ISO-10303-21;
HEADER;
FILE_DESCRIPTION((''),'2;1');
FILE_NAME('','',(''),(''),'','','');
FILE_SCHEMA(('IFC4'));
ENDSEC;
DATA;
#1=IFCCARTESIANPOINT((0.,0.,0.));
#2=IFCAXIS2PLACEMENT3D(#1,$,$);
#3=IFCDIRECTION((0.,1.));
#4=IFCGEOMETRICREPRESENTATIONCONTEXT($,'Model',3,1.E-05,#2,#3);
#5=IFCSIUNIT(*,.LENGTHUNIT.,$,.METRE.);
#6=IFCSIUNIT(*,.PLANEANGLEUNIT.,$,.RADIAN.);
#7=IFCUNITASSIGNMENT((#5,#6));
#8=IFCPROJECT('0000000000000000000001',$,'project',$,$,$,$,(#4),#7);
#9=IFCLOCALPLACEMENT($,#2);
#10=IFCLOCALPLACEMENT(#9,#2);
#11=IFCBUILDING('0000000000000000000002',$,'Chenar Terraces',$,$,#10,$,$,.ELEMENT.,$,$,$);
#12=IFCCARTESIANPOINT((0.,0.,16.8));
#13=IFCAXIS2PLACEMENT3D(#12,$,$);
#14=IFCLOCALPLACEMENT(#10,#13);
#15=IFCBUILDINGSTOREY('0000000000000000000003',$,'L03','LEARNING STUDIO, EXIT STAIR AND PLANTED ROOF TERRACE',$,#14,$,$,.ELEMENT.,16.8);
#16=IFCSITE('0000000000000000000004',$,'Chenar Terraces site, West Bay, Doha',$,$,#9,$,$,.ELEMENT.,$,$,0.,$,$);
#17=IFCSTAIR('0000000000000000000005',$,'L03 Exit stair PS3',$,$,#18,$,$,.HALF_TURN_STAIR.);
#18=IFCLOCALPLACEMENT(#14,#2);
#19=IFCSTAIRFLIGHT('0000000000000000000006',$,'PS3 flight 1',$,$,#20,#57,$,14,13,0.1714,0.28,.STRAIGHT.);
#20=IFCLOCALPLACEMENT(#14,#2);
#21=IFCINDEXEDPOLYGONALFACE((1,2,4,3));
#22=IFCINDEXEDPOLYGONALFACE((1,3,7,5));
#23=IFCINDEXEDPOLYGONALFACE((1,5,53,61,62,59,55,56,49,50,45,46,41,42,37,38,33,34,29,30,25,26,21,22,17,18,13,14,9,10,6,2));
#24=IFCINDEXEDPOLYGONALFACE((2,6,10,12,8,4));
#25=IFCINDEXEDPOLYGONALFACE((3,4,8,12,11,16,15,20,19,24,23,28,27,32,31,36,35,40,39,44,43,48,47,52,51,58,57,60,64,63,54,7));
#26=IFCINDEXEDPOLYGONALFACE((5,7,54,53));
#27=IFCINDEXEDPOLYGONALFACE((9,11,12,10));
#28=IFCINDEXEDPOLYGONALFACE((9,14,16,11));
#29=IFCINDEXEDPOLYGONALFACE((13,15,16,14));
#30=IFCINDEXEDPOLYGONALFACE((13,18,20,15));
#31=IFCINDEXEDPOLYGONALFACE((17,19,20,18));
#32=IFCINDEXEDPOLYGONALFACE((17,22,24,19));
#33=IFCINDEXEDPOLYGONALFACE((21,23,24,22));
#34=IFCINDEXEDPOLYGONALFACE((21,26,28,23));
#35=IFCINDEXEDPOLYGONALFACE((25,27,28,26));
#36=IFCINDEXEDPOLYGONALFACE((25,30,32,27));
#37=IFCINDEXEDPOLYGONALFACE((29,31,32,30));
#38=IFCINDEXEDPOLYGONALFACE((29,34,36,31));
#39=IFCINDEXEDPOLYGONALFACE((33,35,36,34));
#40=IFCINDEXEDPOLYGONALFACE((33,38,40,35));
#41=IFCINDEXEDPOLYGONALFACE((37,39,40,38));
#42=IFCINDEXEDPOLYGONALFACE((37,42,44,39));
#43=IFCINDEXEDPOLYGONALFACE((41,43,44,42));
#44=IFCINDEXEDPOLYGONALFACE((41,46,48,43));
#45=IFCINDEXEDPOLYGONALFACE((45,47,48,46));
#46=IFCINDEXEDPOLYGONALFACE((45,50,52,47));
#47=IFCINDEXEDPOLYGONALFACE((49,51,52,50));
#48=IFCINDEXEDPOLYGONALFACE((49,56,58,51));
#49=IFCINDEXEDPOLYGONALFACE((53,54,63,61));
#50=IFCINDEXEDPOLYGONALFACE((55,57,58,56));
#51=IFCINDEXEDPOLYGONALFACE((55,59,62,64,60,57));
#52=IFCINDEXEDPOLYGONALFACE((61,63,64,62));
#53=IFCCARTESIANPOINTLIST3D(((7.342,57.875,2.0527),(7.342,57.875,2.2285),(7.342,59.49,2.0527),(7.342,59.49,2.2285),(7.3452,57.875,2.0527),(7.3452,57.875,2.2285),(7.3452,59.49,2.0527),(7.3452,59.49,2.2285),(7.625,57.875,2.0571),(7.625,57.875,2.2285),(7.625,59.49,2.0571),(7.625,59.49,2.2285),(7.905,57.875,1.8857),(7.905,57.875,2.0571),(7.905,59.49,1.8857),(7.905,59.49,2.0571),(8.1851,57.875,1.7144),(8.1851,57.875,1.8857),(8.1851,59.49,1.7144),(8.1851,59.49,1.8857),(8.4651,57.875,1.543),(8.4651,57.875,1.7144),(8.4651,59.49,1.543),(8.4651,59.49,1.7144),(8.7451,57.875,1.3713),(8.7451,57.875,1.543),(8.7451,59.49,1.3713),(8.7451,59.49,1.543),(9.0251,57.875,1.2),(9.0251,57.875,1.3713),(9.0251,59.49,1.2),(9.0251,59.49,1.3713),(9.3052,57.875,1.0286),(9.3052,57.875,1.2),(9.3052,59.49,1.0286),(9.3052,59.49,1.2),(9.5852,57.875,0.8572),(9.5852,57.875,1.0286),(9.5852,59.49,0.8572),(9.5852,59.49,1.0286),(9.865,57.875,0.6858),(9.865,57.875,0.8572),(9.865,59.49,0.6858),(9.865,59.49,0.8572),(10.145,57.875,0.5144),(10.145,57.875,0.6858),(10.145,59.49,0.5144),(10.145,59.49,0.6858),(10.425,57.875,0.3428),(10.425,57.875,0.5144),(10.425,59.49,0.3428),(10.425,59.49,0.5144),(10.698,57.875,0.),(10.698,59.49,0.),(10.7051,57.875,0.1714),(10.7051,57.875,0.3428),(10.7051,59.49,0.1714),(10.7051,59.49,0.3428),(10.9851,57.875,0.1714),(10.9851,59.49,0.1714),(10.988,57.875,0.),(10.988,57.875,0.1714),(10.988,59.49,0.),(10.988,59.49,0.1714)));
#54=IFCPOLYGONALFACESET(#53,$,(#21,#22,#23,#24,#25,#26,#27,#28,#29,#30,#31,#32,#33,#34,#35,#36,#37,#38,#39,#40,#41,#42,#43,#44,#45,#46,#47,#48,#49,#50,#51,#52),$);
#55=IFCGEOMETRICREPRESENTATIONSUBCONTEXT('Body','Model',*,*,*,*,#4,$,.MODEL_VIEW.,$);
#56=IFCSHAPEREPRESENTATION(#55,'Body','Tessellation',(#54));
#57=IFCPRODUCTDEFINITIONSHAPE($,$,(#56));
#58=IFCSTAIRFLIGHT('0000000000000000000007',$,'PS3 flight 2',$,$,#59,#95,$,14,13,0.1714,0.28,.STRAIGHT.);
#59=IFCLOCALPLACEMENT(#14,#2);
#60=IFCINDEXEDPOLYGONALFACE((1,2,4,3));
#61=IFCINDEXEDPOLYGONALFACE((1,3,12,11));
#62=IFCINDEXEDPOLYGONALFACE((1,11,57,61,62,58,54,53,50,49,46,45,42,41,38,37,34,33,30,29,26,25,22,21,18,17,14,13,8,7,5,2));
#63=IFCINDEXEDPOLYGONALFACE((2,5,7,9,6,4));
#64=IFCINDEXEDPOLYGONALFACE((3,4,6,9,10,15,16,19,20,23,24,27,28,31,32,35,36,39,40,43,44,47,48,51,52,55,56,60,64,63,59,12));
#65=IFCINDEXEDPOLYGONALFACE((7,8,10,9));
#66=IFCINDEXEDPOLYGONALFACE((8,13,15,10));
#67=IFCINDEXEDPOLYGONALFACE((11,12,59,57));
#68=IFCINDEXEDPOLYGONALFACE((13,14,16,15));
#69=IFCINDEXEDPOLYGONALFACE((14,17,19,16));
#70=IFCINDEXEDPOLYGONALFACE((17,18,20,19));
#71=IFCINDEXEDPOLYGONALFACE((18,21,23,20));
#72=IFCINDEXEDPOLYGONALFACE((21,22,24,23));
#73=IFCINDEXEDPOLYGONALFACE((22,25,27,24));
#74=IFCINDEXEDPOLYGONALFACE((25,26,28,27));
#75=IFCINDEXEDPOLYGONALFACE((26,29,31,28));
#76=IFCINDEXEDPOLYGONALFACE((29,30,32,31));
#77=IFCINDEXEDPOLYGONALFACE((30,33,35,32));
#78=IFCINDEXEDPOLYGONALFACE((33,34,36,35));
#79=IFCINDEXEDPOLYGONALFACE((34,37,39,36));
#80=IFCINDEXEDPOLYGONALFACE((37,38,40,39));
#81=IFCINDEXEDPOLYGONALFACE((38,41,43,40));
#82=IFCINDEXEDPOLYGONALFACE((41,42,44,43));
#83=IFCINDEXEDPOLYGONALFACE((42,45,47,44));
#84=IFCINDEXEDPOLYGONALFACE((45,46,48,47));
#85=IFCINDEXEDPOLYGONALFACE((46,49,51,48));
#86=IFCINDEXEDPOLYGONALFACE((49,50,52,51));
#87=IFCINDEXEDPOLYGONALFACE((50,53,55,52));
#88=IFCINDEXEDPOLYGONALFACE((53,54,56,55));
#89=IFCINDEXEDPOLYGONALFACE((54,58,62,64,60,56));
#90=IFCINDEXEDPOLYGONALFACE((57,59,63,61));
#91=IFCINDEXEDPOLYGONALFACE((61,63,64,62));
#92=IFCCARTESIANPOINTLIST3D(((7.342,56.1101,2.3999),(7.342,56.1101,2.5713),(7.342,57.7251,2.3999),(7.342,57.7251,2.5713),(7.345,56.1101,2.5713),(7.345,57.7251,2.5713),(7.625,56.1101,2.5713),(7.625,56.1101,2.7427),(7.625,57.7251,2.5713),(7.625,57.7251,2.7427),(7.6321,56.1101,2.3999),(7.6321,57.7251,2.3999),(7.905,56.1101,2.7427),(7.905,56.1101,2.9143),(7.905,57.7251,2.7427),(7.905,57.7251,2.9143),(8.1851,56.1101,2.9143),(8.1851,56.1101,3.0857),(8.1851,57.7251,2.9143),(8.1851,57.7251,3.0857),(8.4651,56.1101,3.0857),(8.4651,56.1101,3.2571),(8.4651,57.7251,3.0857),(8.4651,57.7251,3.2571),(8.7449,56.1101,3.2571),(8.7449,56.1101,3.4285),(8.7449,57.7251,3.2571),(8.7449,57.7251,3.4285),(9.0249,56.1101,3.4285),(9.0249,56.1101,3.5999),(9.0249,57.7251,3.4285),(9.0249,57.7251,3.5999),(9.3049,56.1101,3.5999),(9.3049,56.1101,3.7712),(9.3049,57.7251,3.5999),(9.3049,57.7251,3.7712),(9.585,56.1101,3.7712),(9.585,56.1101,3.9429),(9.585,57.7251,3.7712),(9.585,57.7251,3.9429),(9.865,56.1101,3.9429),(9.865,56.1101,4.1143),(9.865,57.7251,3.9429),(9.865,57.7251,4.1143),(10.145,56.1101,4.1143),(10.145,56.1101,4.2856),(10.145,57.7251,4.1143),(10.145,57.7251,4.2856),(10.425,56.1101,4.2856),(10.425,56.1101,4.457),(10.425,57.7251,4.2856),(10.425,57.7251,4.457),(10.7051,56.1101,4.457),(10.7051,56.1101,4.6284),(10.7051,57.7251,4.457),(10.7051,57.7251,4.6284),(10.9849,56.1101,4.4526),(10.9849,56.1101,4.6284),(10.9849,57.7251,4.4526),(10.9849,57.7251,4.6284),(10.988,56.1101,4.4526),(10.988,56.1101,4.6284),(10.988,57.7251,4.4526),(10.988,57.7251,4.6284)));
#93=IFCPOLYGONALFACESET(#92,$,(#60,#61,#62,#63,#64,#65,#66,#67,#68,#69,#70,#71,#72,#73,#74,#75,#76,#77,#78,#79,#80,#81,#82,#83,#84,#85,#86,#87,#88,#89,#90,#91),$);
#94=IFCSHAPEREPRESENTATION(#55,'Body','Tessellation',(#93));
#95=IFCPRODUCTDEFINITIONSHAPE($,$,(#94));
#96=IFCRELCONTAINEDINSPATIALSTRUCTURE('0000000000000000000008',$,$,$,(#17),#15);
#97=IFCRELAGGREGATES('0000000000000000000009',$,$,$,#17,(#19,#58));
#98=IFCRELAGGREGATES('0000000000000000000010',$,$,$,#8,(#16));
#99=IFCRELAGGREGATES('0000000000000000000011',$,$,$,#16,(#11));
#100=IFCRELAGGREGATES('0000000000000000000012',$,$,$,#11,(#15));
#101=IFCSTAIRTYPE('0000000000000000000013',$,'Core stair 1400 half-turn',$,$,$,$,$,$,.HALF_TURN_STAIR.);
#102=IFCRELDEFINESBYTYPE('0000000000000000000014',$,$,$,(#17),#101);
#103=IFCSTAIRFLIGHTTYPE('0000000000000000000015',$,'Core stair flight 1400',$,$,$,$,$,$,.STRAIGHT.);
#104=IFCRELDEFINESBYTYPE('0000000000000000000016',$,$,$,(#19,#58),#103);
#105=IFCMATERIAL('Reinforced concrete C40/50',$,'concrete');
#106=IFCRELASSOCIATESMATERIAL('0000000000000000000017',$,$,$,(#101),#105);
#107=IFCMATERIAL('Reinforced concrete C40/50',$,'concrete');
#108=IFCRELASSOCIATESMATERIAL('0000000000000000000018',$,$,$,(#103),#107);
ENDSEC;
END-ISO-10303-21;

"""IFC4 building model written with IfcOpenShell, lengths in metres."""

from ifc_helpers import new_model, si_unit, direction, frame, origin, place, context, subcontext, project, spatial, polyline, outline, extrude, material, type_object, element, aggregate, save


model = new_model("IFC4")

# Units and contexts
model_context = context("Model", 3, precision=1e-05, world=origin(), true_north=direction((0.0, 1.0)))
body_context = subcontext(model_context, "Body", "Model", "MODEL_VIEW")
ifc_project = project(units=[si_unit("LENGTHUNIT", "METRE"), si_unit("PLANEANGLEUNIT", "RADIAN")], contexts=[model_context])

# Site, building, storey
site_placement = place(None, origin())
site = spatial("IfcSite", under=ifc_project, at=site_placement, Name="Chenar Terraces site, West Bay, Doha", CompositionType="ELEMENT", RefElevation=0.0)
building_placement = place(site_placement, origin())
building = spatial("IfcBuilding", under=site, at=building_placement, Name="Chenar Terraces", CompositionType="ELEMENT")
storey_placement = place(building_placement, frame((0.0, 0.0, 16.8)))
storey = spatial("IfcBuildingStorey", under=building, at=storey_placement, Name="L03", Description="LEARNING STUDIO, EXIT STAIR AND PLANTED ROOF TERRACE", CompositionType="ELEMENT", Elevation=16.8)

# Shared definitions
placement = place(storey_placement, origin())

# Stair, stair flights
ifc_material_1 = material(Name="Reinforced concrete C40/50", Category="concrete")
stair_type = type_object("IfcStairType", Name="Core stair 1400 half-turn", PredefinedType="HALF_TURN_STAIR", material=ifc_material_1)
stair = element("IfcStair", 1, at=placement, inside=storey, type_object=stair_type, Name="L03 Exit stair PS3", PredefinedType="HALF_TURN_STAIR")
ifc_material_2 = material(Name="Reinforced concrete C40/50", Category="concrete")
stair_flight_type = type_object("IfcStairFlightType", Name="Core stair flight 1400", PredefinedType="STRAIGHT", material=ifc_material_2)
stair_flight_1_placement = place(storey_placement, frame((10.9851, 58.6826, 0.0), z_axis=(0.0, 0.0, 1.0), x_axis=(-1.0, 0.0, 0.0)))
stair_flight_1 = element("IfcStairFlight", 2, at=stair_flight_1_placement, type_object=stair_flight_type, Name="PS3 flight 1", NumberOfRisers=14, NumberOfTreads=13, PredefinedType="STRAIGHT", RiserHeight=0.1714, TreadLength=0.28, context=body_context, shape_type="SweptSolid", body=[
    extrude(outline(polyline([(-0.0029, 0.0), (-0.0029, 0.1714), (0.0, 0.1714), (0.28, 0.1714), (0.28, 0.3428), (0.5601, 0.3428), (0.5601, 0.5144), (0.8401, 0.5144), (0.8401, 0.6858), (1.1201, 0.6858), (1.1201, 0.8572), (1.3999, 0.8572), (1.3999, 1.0286), (1.6799, 1.0286), (1.6799, 1.2), (1.96, 1.2), (1.96, 1.3713), (2.24, 1.3713), (2.24, 1.543), (2.52, 1.543), (2.52, 1.7144), (2.8, 1.7144), (2.8, 1.8857), (3.0801, 1.8857), (3.0801, 2.0571), (3.3601, 2.0571), (3.3601, 2.2285), (3.6399, 2.2285), (3.6431, 2.2285), (3.6431, 2.0527), (3.6399, 2.0527), (0.2871, 0.0), (-0.0029, 0.0)])), frame((0.0, 0.8076, 0.0), z_axis=(0.0, -1.0, 0.0), x_axis=(1.0, 0.0, 0.0)), (0.0, 0.0, 1.0), 1.615),
])
stair_flight_2_placement = place(storey_placement, frame((7.345, 56.9175, 2.3999), z_axis=(0.0, 0.0, 1.0), x_axis=(1.0, 0.0, 0.0)))
stair_flight_2 = element("IfcStairFlight", 3, at=stair_flight_2_placement, type_object=stair_flight_type, Name="PS3 flight 2", NumberOfRisers=14, NumberOfTreads=13, PredefinedType="STRAIGHT", RiserHeight=0.1714, TreadLength=0.28, context=body_context, shape_type="SweptSolid", body=[
    extrude(outline(polyline([(-0.0029, 0.0), (-0.0029, 0.1714), (0.0, 0.1714), (0.28, 0.1714), (0.28, 0.3428), (0.5601, 0.3428), (0.5601, 0.5144), (0.8401, 0.5144), (0.8401, 0.6858), (1.1201, 0.6858), (1.1201, 0.8572), (1.3999, 0.8572), (1.3999, 1.0286), (1.6799, 1.0286), (1.6799, 1.2), (1.96, 1.2), (1.96, 1.3713), (2.24, 1.3713), (2.24, 1.543), (2.52, 1.543), (2.52, 1.7144), (2.8, 1.7144), (2.8, 1.8857), (3.0801, 1.8857), (3.0801, 2.0571), (3.3601, 2.0571), (3.3601, 2.2285), (3.6399, 2.2285), (3.6431, 2.2285), (3.6431, 2.0527), (3.6399, 2.0527), (0.2871, 0.0), (-0.0029, 0.0)])), frame((0.0, 0.8076, 0.0), z_axis=(0.0, -1.0, 0.0), x_axis=(1.0, 0.0, 0.0)), (0.0, 0.0, 1.0), 1.615),
])
aggregate(stair, [stair_flight_1, stair_flight_2])

save(model, "model.ifc")
